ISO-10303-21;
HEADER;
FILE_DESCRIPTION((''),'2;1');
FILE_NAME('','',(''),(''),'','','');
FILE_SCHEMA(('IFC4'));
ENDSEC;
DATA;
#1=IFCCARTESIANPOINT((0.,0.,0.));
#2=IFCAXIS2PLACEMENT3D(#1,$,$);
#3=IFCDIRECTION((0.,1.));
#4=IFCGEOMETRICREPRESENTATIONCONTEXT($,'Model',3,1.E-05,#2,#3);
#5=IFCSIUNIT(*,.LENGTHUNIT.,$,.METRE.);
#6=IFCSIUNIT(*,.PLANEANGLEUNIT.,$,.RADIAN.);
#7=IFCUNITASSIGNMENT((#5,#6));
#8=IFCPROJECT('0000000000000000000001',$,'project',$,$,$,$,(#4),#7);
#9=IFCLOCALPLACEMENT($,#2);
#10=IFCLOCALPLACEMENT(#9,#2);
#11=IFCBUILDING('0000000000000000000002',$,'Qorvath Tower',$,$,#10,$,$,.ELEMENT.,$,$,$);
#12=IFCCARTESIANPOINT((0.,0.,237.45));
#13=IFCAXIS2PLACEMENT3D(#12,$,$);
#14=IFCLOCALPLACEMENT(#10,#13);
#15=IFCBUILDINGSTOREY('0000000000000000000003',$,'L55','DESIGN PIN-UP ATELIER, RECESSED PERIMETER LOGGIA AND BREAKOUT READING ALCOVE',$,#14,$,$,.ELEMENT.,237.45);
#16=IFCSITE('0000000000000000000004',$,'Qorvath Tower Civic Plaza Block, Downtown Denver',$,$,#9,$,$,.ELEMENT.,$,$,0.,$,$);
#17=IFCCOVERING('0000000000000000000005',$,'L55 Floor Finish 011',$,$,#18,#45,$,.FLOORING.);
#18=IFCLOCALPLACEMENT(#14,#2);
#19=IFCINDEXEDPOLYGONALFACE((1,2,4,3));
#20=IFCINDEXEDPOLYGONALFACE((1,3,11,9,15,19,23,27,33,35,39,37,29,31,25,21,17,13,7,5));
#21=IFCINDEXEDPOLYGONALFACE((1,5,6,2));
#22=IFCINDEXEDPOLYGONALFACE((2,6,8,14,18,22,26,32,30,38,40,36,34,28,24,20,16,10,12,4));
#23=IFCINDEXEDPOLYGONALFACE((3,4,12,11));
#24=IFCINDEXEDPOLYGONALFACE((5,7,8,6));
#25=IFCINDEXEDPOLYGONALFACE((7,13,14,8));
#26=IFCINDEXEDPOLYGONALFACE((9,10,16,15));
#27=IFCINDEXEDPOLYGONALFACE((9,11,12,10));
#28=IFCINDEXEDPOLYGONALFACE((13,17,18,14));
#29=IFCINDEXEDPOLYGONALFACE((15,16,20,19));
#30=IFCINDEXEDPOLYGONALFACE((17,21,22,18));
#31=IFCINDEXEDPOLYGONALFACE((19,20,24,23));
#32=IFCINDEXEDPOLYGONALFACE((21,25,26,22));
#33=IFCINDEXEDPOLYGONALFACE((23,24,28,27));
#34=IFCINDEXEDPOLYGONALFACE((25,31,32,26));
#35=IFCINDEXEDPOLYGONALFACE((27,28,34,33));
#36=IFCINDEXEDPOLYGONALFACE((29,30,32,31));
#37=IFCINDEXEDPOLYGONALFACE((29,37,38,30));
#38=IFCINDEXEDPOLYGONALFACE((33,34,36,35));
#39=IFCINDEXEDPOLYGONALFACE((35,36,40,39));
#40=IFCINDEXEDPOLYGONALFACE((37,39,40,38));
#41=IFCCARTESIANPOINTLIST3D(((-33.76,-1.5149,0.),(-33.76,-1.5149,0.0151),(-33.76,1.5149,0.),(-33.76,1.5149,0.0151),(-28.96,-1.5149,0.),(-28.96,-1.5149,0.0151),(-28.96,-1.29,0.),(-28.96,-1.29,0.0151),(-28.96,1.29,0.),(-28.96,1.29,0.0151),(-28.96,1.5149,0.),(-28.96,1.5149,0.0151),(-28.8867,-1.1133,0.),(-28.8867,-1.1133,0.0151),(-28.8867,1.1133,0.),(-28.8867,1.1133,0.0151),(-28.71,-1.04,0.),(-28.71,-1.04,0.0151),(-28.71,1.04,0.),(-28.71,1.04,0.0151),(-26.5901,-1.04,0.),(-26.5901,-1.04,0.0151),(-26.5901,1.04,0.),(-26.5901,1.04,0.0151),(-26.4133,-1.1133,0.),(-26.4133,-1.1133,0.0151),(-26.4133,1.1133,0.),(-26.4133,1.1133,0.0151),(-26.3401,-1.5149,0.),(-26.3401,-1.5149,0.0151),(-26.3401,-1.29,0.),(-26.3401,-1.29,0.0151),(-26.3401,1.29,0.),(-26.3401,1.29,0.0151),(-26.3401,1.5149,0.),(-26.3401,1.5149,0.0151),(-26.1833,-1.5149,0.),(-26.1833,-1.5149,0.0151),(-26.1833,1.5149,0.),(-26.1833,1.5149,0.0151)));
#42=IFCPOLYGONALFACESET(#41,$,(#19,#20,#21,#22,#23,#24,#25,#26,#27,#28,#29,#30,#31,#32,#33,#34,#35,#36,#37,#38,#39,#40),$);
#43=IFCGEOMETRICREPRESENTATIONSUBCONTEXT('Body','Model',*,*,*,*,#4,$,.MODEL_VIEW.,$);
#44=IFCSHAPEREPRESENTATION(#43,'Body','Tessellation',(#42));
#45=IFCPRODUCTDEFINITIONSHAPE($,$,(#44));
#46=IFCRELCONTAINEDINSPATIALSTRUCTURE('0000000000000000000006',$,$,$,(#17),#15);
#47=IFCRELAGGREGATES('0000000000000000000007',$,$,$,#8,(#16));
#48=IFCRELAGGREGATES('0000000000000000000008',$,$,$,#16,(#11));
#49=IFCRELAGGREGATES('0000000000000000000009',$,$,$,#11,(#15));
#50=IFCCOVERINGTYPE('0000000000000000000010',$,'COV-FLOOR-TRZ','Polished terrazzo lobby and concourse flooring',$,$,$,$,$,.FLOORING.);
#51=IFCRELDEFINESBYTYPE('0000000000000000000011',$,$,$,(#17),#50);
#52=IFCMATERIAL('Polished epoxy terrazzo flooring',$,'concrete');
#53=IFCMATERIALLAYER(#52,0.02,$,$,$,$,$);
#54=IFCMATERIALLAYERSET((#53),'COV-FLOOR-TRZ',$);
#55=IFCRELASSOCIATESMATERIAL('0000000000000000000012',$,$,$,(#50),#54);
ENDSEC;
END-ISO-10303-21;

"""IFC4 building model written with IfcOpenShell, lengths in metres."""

from ifc_helpers import new_model, si_unit, direction, frame, origin, place, context, subcontext, project, spatial, polyline, outline, extrude, material, layer, layer_set, type_object, element, save


model = new_model("IFC4")

# Units and contexts
model_context = context("Model", 3, precision=1e-05, world=origin(), true_north=direction((0.0, 1.0)))
body_context = subcontext(model_context, "Body", "Model", "MODEL_VIEW")
ifc_project = project(units=[si_unit("LENGTHUNIT", "METRE"), si_unit("PLANEANGLEUNIT", "RADIAN")], contexts=[model_context])

# Site, building, storey
site_placement = place(None, origin())
site = spatial("IfcSite", under=ifc_project, at=site_placement, Name="Qorvath Tower Civic Plaza Block, Downtown Denver", CompositionType="ELEMENT", RefElevation=0.0)
building_placement = place(site_placement, origin())
building = spatial("IfcBuilding", under=site, at=building_placement, Name="Qorvath Tower", CompositionType="ELEMENT")
storey_placement = place(building_placement, frame((0.0, 0.0, 237.45)))
storey = spatial("IfcBuildingStorey", under=building, at=storey_placement, Name="L55", Description="DESIGN PIN-UP ATELIER, RECESSED PERIMETER LOGGIA AND BREAKOUT READING ALCOVE", CompositionType="ELEMENT", Elevation=237.45)

# Covering
ifc_material_1 = material(Name="Polished epoxy terrazzo flooring", Category="concrete")
ifc_layer_1 = layer(ifc_material_1, 0.02)
ifc_layer_set_1 = layer_set([ifc_layer_1], Name="COV-FLOOR-TRZ")
covering_type_1 = type_object("IfcCoveringType", Name="COV-FLOOR-TRZ", Description="Polished terrazzo lobby and concourse flooring", PredefinedType="FLOORING", material=ifc_layer_set_1)
covering_1_placement = place(storey_placement, origin())
element("IfcCovering", 1, at=covering_1_placement, inside=storey, type_object=covering_type_1, Name="L55 Floor Finish 011", PredefinedType="FLOORING", context=body_context, shape_type="SweptSolid", body=[
    extrude(outline(polyline([(-26.1833, -1.5149), (-26.1833, 1.5149), (-26.3401, 1.5149), (-26.3401, 1.29), (-26.4133, 1.1133), (-26.5901, 1.04), (-28.71, 1.04), (-28.8867, 1.1133), (-28.96, 1.29), (-28.96, 1.5149), (-33.76, 1.5149), (-33.76, -1.5149), (-28.96, -1.5149), (-28.96, -1.29), (-28.8867, -1.1133), (-28.71, -1.04), (-26.5901, -1.04), (-26.4133, -1.1133), (-26.3401, -1.29), (-26.3401, -1.5149), (-26.1833, -1.5149)])), origin(), (0.0, 0.0, 1.0), 0.0151),
])

save(model, "model.ifc")
